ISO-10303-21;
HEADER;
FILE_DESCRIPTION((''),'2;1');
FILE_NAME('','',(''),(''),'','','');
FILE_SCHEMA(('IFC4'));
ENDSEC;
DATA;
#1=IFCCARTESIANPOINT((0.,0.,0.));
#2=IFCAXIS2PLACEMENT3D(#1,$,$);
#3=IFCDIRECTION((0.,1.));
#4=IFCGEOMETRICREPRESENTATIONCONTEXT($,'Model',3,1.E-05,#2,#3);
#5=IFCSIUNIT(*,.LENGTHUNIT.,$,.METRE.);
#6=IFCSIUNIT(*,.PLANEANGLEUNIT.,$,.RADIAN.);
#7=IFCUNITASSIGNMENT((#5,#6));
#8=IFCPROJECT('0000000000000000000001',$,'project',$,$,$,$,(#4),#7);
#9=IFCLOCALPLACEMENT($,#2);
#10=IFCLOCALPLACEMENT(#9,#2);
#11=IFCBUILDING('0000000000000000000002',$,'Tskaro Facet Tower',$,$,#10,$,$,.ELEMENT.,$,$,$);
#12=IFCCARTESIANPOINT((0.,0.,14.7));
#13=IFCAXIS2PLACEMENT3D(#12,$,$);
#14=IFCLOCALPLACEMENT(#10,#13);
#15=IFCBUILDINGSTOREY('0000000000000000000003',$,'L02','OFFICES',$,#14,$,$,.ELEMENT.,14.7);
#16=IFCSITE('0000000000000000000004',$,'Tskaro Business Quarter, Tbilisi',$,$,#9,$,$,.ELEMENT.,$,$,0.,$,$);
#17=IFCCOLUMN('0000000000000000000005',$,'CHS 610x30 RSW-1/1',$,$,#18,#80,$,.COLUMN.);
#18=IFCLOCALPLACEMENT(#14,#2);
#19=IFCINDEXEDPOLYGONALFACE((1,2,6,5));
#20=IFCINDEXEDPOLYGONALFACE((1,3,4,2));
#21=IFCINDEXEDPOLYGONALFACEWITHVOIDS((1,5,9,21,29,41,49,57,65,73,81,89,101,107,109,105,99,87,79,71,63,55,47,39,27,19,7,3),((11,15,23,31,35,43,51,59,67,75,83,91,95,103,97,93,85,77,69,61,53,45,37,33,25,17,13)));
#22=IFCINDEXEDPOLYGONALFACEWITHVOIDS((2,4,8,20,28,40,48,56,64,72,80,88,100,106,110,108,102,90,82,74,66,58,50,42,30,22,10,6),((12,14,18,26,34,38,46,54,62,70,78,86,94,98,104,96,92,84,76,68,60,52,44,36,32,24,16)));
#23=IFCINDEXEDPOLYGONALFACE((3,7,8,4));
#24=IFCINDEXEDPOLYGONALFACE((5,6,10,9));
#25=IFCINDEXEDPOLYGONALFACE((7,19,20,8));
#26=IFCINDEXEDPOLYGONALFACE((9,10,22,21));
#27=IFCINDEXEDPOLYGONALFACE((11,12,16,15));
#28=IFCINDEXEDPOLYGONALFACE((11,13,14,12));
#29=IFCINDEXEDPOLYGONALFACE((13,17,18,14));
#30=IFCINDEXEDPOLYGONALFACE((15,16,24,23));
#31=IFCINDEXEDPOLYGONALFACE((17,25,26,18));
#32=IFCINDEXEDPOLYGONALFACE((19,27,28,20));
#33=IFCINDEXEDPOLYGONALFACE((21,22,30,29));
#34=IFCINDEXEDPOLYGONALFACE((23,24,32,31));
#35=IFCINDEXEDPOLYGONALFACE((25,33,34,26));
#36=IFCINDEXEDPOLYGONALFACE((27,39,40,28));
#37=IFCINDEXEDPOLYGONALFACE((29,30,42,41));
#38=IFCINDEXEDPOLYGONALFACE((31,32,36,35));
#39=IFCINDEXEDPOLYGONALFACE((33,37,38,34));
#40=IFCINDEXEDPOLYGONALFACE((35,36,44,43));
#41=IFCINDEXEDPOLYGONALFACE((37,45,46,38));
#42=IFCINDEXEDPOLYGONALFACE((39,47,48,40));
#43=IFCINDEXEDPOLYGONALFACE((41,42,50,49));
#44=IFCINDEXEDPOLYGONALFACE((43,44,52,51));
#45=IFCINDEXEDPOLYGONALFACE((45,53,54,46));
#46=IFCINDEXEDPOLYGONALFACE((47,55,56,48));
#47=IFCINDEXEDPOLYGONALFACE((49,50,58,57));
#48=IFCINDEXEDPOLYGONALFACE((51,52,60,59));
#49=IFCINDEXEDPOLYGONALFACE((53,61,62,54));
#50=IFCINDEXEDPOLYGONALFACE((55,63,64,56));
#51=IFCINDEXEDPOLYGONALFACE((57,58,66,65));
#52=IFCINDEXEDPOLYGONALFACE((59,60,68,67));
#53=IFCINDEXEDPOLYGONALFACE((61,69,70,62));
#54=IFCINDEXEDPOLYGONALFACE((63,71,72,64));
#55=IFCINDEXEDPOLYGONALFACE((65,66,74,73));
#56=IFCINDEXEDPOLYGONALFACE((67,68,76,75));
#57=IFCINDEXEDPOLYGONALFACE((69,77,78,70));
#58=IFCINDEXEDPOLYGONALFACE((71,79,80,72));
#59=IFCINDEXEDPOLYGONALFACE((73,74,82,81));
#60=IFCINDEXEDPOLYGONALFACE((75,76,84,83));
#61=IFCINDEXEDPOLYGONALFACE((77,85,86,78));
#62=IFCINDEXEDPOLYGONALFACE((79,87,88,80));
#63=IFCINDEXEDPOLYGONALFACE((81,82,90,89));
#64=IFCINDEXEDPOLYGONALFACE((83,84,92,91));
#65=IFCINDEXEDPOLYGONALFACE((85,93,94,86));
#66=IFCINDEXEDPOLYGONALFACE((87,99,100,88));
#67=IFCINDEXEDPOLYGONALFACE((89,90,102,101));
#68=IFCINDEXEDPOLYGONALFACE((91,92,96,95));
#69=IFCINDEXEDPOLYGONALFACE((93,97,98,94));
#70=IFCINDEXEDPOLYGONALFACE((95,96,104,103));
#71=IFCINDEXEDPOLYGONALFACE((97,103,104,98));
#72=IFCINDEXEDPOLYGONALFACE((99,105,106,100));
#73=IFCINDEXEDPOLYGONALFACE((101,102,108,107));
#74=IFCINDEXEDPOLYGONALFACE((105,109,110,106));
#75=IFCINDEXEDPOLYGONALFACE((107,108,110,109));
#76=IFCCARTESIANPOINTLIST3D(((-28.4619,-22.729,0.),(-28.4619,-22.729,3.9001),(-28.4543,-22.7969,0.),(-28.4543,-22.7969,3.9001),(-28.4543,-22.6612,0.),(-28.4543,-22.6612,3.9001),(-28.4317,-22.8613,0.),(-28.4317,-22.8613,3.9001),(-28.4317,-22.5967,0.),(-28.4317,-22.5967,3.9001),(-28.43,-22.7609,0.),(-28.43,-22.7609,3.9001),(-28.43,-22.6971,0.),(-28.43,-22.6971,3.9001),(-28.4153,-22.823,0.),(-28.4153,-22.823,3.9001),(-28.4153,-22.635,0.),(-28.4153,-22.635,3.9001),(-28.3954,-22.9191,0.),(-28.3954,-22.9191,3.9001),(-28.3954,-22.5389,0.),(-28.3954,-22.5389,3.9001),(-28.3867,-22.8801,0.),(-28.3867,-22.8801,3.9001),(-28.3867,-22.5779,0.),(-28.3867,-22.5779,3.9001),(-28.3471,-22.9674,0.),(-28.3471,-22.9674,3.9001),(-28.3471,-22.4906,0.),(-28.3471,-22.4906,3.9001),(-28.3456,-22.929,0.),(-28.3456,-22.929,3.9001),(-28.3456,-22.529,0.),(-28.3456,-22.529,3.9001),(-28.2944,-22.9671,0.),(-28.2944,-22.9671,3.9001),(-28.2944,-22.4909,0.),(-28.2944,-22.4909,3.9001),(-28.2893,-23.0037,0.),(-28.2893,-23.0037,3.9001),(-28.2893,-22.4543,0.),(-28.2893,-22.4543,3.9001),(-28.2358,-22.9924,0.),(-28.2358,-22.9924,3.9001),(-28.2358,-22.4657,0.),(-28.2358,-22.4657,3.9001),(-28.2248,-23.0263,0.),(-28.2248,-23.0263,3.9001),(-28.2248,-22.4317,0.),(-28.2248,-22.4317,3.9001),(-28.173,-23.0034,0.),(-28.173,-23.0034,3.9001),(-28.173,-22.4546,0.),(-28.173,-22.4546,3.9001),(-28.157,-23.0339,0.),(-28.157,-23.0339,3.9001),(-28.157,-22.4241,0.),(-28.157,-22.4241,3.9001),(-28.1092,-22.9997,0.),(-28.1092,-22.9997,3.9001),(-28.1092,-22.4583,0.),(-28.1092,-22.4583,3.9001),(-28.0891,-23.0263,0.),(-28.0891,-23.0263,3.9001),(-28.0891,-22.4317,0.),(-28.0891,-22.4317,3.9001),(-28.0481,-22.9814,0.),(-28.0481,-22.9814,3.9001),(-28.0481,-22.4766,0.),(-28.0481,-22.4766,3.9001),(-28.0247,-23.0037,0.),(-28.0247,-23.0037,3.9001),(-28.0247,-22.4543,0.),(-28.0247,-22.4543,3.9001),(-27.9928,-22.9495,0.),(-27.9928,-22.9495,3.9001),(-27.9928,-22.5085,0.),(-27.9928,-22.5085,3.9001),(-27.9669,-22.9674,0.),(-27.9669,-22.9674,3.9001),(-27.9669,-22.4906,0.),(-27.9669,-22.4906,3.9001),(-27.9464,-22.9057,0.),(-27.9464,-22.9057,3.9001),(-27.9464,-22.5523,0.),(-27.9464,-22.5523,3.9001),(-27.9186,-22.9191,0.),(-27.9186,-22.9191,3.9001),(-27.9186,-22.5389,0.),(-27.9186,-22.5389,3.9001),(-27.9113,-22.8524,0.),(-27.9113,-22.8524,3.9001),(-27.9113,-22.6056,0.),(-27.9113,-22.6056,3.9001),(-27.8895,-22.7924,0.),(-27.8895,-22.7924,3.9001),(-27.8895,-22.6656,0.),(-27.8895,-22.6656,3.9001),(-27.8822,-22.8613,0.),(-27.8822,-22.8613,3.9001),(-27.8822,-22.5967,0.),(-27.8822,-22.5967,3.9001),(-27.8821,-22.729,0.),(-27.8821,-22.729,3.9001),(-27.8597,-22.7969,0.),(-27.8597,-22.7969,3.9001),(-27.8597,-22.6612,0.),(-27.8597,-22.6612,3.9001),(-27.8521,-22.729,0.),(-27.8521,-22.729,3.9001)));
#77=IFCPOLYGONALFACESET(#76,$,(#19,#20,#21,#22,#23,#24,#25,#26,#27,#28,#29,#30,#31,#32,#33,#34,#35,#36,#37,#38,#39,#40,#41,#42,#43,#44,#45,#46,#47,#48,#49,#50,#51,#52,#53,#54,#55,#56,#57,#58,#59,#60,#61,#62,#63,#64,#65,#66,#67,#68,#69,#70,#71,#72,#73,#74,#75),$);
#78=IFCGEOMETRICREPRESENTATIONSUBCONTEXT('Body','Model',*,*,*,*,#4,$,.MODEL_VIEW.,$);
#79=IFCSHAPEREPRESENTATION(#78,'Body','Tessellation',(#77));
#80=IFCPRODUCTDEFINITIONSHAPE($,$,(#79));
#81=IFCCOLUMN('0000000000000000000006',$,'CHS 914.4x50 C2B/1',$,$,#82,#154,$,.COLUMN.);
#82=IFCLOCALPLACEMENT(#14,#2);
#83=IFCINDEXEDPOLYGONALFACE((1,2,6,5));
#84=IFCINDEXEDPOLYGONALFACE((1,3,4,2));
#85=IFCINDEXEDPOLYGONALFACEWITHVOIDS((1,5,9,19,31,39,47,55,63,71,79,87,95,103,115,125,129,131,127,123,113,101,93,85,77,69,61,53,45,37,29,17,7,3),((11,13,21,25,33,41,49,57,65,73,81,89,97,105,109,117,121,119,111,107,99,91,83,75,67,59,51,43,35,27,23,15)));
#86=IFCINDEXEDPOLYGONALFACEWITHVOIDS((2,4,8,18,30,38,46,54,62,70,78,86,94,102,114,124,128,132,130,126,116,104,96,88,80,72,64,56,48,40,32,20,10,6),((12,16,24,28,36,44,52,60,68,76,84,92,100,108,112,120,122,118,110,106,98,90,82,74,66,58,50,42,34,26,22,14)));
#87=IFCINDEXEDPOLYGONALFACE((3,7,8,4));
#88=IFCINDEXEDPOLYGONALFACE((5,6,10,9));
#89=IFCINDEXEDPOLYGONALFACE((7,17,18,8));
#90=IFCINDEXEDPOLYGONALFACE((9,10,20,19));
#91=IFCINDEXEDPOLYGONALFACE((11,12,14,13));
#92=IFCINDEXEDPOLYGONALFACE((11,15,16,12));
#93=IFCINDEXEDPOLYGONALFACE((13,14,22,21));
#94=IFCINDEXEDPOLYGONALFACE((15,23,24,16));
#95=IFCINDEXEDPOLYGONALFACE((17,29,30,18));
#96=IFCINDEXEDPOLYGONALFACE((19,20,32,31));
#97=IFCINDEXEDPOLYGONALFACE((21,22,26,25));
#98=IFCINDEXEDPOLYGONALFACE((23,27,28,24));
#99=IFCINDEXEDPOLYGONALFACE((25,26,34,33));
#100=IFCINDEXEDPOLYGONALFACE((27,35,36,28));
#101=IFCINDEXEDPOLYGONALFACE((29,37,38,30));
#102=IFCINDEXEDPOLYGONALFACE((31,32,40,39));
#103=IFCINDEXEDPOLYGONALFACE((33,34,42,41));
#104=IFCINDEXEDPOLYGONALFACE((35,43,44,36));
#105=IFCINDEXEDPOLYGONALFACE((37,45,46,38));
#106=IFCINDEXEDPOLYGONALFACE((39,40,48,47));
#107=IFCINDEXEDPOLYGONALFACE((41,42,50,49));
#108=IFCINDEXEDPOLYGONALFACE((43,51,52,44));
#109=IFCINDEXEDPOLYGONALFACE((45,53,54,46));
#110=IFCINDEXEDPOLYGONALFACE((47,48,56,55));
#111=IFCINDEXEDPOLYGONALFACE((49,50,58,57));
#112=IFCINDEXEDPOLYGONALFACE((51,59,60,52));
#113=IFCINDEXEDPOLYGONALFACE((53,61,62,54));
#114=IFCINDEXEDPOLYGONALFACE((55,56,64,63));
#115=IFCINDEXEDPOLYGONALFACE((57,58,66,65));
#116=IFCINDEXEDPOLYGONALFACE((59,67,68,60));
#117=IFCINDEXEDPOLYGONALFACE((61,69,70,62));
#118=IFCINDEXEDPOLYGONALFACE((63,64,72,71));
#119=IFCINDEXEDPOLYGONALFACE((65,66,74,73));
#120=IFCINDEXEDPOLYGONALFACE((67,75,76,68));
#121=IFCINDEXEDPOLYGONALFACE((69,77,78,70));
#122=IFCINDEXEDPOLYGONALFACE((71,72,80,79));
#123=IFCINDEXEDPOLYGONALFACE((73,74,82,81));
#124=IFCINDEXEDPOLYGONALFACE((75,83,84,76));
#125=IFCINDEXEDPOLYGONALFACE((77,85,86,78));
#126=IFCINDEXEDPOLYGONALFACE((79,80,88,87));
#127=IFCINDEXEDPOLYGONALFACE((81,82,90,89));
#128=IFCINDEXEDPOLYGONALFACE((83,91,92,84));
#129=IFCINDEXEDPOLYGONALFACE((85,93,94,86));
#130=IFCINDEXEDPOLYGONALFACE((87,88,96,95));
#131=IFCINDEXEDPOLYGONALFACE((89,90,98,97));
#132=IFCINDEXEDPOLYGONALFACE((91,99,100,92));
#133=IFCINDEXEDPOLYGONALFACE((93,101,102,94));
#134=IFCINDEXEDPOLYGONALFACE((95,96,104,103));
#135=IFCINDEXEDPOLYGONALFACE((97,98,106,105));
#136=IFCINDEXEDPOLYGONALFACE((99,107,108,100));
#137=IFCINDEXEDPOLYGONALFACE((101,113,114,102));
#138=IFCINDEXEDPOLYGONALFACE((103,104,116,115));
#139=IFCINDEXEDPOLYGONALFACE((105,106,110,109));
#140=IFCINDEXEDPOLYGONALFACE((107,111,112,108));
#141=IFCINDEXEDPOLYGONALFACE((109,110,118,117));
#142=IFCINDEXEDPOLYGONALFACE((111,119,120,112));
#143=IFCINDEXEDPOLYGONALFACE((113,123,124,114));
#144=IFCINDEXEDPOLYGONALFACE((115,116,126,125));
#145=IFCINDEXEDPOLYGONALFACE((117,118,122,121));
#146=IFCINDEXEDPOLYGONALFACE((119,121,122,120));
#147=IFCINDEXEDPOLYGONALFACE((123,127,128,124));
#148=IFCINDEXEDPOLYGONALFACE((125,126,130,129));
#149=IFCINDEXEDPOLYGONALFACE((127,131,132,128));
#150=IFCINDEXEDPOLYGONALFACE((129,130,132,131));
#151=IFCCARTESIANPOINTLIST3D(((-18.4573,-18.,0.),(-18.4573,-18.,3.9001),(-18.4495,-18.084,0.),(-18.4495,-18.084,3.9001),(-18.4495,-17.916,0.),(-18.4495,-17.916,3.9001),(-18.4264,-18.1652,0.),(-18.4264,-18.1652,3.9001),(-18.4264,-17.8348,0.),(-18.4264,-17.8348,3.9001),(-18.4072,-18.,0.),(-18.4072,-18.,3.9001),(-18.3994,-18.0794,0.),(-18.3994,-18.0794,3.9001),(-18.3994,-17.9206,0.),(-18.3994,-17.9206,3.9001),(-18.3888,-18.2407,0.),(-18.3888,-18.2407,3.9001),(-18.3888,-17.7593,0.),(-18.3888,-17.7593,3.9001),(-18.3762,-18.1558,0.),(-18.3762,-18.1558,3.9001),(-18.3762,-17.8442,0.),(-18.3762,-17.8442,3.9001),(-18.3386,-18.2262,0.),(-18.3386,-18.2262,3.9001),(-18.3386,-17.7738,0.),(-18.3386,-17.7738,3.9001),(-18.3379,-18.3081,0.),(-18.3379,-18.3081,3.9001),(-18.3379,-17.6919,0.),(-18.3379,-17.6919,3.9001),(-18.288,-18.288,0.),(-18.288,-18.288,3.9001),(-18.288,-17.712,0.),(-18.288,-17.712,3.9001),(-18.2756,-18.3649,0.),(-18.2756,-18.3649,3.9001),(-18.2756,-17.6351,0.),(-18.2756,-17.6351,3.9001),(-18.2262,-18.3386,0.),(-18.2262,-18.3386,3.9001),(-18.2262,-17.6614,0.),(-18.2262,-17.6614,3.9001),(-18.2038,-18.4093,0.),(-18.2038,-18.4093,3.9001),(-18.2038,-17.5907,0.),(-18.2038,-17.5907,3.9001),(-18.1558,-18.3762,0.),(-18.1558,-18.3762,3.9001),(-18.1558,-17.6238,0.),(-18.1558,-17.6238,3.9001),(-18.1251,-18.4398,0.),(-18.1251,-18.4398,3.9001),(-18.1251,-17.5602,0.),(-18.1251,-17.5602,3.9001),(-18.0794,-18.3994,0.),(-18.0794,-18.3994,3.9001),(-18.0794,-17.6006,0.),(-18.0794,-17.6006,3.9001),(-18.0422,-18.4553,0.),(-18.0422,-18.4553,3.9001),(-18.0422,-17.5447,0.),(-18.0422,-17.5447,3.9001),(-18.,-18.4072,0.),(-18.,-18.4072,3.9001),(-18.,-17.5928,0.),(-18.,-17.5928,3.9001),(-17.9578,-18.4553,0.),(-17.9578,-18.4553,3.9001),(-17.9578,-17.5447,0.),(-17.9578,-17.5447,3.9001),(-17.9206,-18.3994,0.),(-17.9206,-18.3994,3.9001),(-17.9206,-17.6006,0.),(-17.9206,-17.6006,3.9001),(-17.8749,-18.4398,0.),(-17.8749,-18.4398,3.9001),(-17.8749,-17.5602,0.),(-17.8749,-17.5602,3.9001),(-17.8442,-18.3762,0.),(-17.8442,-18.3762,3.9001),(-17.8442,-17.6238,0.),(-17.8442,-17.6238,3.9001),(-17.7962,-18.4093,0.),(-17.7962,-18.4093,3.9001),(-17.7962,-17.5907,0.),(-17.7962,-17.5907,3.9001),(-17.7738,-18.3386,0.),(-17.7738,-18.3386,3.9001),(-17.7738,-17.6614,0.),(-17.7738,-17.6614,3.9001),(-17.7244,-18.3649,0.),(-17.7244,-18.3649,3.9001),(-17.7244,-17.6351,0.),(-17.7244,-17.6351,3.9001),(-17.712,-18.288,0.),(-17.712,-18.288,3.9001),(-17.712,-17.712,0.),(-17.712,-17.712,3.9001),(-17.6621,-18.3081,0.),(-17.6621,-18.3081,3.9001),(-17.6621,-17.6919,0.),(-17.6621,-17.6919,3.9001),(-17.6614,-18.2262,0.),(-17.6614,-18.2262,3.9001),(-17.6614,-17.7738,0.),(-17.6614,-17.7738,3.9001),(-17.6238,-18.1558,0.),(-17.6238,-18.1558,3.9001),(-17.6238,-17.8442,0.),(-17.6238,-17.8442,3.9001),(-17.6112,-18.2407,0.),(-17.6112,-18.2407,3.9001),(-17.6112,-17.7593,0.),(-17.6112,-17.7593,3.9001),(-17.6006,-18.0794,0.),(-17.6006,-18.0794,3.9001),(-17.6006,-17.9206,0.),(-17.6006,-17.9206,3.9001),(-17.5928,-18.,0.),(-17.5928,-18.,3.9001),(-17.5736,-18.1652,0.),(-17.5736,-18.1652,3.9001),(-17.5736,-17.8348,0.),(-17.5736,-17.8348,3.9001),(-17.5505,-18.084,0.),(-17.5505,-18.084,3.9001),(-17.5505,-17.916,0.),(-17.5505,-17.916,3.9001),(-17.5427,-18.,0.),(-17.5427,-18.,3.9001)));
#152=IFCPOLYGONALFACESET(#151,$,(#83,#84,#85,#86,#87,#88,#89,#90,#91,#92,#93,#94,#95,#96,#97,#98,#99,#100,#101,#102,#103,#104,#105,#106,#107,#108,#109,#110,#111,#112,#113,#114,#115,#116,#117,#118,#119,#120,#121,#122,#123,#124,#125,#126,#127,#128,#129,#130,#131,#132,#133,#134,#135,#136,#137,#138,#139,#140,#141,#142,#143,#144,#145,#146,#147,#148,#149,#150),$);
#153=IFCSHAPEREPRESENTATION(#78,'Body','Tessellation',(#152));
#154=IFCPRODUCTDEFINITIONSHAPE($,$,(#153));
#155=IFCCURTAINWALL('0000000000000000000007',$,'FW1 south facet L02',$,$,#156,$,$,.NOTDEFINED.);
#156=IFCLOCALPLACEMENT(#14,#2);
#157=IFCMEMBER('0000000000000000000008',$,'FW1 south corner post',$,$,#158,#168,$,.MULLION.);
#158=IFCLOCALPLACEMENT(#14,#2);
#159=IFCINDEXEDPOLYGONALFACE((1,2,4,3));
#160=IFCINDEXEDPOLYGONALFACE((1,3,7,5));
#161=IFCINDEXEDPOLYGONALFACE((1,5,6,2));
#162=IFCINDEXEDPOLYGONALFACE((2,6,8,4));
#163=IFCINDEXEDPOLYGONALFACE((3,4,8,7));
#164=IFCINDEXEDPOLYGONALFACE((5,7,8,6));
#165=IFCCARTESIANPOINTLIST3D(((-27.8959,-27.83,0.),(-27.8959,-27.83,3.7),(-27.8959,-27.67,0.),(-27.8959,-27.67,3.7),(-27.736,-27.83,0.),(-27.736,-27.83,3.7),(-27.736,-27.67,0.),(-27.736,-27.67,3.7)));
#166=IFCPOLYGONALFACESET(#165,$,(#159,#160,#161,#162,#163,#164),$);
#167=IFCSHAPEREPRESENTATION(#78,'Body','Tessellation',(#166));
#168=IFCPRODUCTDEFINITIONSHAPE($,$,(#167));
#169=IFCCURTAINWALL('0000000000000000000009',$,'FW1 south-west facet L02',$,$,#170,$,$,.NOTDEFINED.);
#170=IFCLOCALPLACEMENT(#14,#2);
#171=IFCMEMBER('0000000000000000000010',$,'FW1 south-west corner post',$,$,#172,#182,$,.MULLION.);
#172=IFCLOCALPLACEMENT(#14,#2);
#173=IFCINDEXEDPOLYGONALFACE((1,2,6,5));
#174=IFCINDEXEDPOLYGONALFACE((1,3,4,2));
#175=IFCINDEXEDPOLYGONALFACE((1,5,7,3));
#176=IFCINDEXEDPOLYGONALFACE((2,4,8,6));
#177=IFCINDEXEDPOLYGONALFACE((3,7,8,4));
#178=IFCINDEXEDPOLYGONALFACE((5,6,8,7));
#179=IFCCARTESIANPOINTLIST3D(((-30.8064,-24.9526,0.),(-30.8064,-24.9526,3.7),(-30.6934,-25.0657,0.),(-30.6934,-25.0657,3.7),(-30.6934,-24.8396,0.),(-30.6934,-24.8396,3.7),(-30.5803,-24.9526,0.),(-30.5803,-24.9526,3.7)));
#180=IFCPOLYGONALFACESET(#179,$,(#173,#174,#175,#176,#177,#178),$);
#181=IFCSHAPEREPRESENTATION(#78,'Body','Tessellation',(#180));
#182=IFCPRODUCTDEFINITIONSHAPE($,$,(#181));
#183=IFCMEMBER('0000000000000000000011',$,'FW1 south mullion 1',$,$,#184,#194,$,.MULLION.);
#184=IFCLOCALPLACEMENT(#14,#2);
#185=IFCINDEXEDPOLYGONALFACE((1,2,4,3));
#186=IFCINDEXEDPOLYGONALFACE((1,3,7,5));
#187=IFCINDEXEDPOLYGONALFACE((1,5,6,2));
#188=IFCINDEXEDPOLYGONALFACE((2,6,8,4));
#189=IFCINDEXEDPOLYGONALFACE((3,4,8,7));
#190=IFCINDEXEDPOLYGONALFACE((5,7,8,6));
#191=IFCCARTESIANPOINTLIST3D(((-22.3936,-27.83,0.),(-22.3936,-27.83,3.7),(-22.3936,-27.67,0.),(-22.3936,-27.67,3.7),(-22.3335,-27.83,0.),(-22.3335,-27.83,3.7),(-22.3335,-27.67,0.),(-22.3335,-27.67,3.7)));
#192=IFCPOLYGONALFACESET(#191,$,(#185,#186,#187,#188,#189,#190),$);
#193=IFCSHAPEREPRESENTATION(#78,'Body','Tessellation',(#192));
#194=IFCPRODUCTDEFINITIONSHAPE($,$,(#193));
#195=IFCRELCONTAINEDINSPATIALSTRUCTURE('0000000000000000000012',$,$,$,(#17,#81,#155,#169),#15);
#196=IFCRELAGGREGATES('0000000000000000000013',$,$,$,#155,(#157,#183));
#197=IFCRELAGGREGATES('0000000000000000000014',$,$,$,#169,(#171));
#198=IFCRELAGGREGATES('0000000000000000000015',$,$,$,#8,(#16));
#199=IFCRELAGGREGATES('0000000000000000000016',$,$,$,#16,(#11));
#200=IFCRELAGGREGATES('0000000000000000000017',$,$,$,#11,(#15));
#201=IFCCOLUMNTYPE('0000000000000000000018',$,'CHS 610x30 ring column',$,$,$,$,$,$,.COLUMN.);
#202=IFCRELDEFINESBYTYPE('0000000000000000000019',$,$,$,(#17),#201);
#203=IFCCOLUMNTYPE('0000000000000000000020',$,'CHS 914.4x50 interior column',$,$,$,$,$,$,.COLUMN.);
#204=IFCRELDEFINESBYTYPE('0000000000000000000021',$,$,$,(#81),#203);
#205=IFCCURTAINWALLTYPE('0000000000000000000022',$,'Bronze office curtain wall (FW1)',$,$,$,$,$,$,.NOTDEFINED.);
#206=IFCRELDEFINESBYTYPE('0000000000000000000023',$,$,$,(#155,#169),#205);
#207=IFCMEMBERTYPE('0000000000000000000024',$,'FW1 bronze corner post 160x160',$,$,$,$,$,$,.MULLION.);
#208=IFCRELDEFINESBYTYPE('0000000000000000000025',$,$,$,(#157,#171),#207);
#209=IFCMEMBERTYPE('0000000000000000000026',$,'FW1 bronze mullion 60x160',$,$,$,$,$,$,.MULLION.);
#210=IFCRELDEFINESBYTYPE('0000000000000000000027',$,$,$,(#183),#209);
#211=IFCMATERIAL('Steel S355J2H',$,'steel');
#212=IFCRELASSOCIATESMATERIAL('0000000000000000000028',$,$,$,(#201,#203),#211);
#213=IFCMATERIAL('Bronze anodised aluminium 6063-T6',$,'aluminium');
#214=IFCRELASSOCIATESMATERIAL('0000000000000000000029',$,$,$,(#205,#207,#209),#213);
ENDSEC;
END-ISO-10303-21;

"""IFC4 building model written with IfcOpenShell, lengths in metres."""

from ifc_helpers import new_model, si_unit, direction, frame, origin, origin_2d, place, context, subcontext, project, spatial, rectangle, hollow_circle, extrude, material, material_profile, profile_set, type_object, element, aggregate, save


model = new_model("IFC4")

# Units and contexts
model_context = context("Model", 3, precision=1e-05, world=origin(), true_north=direction((0.0, 1.0)))
body_context = subcontext(model_context, "Body", "Model", "MODEL_VIEW")
ifc_project = project(units=[si_unit("LENGTHUNIT", "METRE"), si_unit("PLANEANGLEUNIT", "RADIAN")], contexts=[model_context])

# Site, building, storey
site_placement = place(None, origin())
site = spatial("IfcSite", under=ifc_project, at=site_placement, Name="Tskaro Business Quarter, Tbilisi", CompositionType="ELEMENT", RefElevation=0.0)
building_placement = place(site_placement, origin())
building = spatial("IfcBuilding", under=site, at=building_placement, Name="Tskaro Facet Tower", CompositionType="ELEMENT")
storey_placement = place(building_placement, frame((0.0, 0.0, 14.7)))
storey = spatial("IfcBuildingStorey", under=building, at=storey_placement, Name="L02", Description="OFFICES", CompositionType="ELEMENT", Elevation=14.7)

# Columns
ifc_material_1 = material(Name="Steel S355J2H", Category="steel")
ifc_material_profile_1 = material_profile(ifc_material_1, hollow_circle(Radius=0.3049, WallThickness=0.03, at=origin_2d()), Name="CHS 610x30")
ifc_profile_set_1 = profile_set([ifc_material_profile_1], Name="Steel S355J2H")
column_type_1 = type_object("IfcColumnType", Name="CHS 610x30 ring column", PredefinedType="COLUMN", material=ifc_profile_set_1)
for number, where, z_axis, x_axis, name in (
    (1, (-28.157, -22.729, 0.0), (0.0, 0.0, 1.0), (1.0, 0.0, 0.0), "CHS 610x30 RSW-1/1"),
):
    element("IfcColumn", number, at=place(storey_placement, frame(where, z_axis=z_axis, x_axis=x_axis)), inside=storey, type_object=column_type_1, Name=name, PredefinedType="COLUMN", context=body_context, shape_type="SweptSolid", body=[
        extrude(hollow_circle(Radius=0.3049, WallThickness=0.03, at=origin_2d()), origin(), (0.0, 0.0, 1.0), 3.9001),
    ])
ifc_material_profile_2 = material_profile(ifc_material_1, hollow_circle(Radius=0.4573, WallThickness=0.05, at=origin_2d()), Name="CHS 914.4x50")
ifc_profile_set_2 = profile_set([ifc_material_profile_2], Name="Steel S355J2H")
column_type_2 = type_object("IfcColumnType", Name="CHS 914.4x50 interior column", PredefinedType="COLUMN", material=ifc_profile_set_2)
column_placement = place(storey_placement, frame((-18.0, -18.0, 0.0), z_axis=(0.0, 0.0, 1.0), x_axis=(1.0, 0.0, 0.0)))
element("IfcColumn", 2, at=column_placement, inside=storey, type_object=column_type_2, Name="CHS 914.4x50 C2B/1", PredefinedType="COLUMN", context=body_context, shape_type="SweptSolid", body=[
    extrude(hollow_circle(Radius=0.4573, WallThickness=0.05, at=origin_2d()), origin(), (0.0, 0.0, 1.0), 3.9001),
])

# Curtain walls, members
ifc_material_2 = material(Name="Bronze anodised aluminium 6063-T6", Category="aluminium")
curtain_wall_type = type_object("IfcCurtainWallType", Name="Bronze office curtain wall (FW1)", PredefinedType="NOTDEFINED", material=ifc_material_2)
curtain_wall_1_placement = place(storey_placement, origin())
curtain_wall_1 = element("IfcCurtainWall", 3, at=curtain_wall_1_placement, inside=storey, type_object=curtain_wall_type, Name="FW1 south facet L02", PredefinedType="NOTDEFINED")
ifc_material_profile_3 = material_profile(ifc_material_2, rectangle(XDim=0.1599, YDim=0.1599, at=origin_2d()), Name="Corner post 160x160")
ifc_profile_set_3 = profile_set([ifc_material_profile_3], Name="Bronze anodised aluminium 6063-T6")
member_type_1 = type_object("IfcMemberType", Name="FW1 bronze corner post 160x160", PredefinedType="MULLION", material=ifc_profile_set_3)
member_1_placement = place(storey_placement, frame((-27.8159, -27.75, 0.0), z_axis=(0.0, 0.0, 1.0), x_axis=(1.0, 0.0, 0.0)))
member_1 = element("IfcMember", 4, at=member_1_placement, type_object=member_type_1, Name="FW1 south corner post", PredefinedType="MULLION", context=body_context, shape_type="SweptSolid", body=[
    extrude(rectangle(XDim=0.1599, YDim=0.1599, at=origin_2d()), origin(), (0.0, 0.0, 1.0), 3.7),
])
curtain_wall_2_placement = place(storey_placement, origin())
curtain_wall_2 = element("IfcCurtainWall", 5, at=curtain_wall_2_placement, inside=storey, type_object=curtain_wall_type, Name="FW1 south-west facet L02", PredefinedType="NOTDEFINED")
member_2_placement = place(storey_placement, frame((-30.6934, -24.9526, 0.0), z_axis=(0.0, 0.0, 1.0), x_axis=(0.707107, -0.707107, 0.0)))
member_2 = element("IfcMember", 6, at=member_2_placement, type_object=member_type_1, Name="FW1 south-west corner post", PredefinedType="MULLION", context=body_context, shape_type="SweptSolid", body=[
    extrude(rectangle(XDim=0.1599, YDim=0.1599, at=origin_2d()), origin(), (0.0, 0.0, 1.0), 3.7),
])

# Member
ifc_material_profile_4 = material_profile(ifc_material_2, rectangle(XDim=0.0601, YDim=0.1599, at=origin_2d()), Name="Mullion 60x160")
ifc_profile_set_4 = profile_set([ifc_material_profile_4], Name="Bronze anodised aluminium 6063-T6")
member_type_2 = type_object("IfcMemberType", Name="FW1 bronze mullion 60x160", PredefinedType="MULLION", material=ifc_profile_set_4)
member_3_placement = place(storey_placement, frame((-22.3635, -27.75, 0.0), z_axis=(0.0, 0.0, 1.0), x_axis=(1.0, 0.0, 0.0)))
member_3 = element("IfcMember", 7, at=member_3_placement, type_object=member_type_2, Name="FW1 south mullion 1", PredefinedType="MULLION", context=body_context, shape_type="SweptSolid", body=[
    extrude(rectangle(XDim=0.0601, YDim=0.1599, at=origin_2d()), origin(), (0.0, 0.0, 1.0), 3.7),
])

aggregate(curtain_wall_1, [member_1, member_3])
aggregate(curtain_wall_2, [member_2])

save(model, "model.ifc")
